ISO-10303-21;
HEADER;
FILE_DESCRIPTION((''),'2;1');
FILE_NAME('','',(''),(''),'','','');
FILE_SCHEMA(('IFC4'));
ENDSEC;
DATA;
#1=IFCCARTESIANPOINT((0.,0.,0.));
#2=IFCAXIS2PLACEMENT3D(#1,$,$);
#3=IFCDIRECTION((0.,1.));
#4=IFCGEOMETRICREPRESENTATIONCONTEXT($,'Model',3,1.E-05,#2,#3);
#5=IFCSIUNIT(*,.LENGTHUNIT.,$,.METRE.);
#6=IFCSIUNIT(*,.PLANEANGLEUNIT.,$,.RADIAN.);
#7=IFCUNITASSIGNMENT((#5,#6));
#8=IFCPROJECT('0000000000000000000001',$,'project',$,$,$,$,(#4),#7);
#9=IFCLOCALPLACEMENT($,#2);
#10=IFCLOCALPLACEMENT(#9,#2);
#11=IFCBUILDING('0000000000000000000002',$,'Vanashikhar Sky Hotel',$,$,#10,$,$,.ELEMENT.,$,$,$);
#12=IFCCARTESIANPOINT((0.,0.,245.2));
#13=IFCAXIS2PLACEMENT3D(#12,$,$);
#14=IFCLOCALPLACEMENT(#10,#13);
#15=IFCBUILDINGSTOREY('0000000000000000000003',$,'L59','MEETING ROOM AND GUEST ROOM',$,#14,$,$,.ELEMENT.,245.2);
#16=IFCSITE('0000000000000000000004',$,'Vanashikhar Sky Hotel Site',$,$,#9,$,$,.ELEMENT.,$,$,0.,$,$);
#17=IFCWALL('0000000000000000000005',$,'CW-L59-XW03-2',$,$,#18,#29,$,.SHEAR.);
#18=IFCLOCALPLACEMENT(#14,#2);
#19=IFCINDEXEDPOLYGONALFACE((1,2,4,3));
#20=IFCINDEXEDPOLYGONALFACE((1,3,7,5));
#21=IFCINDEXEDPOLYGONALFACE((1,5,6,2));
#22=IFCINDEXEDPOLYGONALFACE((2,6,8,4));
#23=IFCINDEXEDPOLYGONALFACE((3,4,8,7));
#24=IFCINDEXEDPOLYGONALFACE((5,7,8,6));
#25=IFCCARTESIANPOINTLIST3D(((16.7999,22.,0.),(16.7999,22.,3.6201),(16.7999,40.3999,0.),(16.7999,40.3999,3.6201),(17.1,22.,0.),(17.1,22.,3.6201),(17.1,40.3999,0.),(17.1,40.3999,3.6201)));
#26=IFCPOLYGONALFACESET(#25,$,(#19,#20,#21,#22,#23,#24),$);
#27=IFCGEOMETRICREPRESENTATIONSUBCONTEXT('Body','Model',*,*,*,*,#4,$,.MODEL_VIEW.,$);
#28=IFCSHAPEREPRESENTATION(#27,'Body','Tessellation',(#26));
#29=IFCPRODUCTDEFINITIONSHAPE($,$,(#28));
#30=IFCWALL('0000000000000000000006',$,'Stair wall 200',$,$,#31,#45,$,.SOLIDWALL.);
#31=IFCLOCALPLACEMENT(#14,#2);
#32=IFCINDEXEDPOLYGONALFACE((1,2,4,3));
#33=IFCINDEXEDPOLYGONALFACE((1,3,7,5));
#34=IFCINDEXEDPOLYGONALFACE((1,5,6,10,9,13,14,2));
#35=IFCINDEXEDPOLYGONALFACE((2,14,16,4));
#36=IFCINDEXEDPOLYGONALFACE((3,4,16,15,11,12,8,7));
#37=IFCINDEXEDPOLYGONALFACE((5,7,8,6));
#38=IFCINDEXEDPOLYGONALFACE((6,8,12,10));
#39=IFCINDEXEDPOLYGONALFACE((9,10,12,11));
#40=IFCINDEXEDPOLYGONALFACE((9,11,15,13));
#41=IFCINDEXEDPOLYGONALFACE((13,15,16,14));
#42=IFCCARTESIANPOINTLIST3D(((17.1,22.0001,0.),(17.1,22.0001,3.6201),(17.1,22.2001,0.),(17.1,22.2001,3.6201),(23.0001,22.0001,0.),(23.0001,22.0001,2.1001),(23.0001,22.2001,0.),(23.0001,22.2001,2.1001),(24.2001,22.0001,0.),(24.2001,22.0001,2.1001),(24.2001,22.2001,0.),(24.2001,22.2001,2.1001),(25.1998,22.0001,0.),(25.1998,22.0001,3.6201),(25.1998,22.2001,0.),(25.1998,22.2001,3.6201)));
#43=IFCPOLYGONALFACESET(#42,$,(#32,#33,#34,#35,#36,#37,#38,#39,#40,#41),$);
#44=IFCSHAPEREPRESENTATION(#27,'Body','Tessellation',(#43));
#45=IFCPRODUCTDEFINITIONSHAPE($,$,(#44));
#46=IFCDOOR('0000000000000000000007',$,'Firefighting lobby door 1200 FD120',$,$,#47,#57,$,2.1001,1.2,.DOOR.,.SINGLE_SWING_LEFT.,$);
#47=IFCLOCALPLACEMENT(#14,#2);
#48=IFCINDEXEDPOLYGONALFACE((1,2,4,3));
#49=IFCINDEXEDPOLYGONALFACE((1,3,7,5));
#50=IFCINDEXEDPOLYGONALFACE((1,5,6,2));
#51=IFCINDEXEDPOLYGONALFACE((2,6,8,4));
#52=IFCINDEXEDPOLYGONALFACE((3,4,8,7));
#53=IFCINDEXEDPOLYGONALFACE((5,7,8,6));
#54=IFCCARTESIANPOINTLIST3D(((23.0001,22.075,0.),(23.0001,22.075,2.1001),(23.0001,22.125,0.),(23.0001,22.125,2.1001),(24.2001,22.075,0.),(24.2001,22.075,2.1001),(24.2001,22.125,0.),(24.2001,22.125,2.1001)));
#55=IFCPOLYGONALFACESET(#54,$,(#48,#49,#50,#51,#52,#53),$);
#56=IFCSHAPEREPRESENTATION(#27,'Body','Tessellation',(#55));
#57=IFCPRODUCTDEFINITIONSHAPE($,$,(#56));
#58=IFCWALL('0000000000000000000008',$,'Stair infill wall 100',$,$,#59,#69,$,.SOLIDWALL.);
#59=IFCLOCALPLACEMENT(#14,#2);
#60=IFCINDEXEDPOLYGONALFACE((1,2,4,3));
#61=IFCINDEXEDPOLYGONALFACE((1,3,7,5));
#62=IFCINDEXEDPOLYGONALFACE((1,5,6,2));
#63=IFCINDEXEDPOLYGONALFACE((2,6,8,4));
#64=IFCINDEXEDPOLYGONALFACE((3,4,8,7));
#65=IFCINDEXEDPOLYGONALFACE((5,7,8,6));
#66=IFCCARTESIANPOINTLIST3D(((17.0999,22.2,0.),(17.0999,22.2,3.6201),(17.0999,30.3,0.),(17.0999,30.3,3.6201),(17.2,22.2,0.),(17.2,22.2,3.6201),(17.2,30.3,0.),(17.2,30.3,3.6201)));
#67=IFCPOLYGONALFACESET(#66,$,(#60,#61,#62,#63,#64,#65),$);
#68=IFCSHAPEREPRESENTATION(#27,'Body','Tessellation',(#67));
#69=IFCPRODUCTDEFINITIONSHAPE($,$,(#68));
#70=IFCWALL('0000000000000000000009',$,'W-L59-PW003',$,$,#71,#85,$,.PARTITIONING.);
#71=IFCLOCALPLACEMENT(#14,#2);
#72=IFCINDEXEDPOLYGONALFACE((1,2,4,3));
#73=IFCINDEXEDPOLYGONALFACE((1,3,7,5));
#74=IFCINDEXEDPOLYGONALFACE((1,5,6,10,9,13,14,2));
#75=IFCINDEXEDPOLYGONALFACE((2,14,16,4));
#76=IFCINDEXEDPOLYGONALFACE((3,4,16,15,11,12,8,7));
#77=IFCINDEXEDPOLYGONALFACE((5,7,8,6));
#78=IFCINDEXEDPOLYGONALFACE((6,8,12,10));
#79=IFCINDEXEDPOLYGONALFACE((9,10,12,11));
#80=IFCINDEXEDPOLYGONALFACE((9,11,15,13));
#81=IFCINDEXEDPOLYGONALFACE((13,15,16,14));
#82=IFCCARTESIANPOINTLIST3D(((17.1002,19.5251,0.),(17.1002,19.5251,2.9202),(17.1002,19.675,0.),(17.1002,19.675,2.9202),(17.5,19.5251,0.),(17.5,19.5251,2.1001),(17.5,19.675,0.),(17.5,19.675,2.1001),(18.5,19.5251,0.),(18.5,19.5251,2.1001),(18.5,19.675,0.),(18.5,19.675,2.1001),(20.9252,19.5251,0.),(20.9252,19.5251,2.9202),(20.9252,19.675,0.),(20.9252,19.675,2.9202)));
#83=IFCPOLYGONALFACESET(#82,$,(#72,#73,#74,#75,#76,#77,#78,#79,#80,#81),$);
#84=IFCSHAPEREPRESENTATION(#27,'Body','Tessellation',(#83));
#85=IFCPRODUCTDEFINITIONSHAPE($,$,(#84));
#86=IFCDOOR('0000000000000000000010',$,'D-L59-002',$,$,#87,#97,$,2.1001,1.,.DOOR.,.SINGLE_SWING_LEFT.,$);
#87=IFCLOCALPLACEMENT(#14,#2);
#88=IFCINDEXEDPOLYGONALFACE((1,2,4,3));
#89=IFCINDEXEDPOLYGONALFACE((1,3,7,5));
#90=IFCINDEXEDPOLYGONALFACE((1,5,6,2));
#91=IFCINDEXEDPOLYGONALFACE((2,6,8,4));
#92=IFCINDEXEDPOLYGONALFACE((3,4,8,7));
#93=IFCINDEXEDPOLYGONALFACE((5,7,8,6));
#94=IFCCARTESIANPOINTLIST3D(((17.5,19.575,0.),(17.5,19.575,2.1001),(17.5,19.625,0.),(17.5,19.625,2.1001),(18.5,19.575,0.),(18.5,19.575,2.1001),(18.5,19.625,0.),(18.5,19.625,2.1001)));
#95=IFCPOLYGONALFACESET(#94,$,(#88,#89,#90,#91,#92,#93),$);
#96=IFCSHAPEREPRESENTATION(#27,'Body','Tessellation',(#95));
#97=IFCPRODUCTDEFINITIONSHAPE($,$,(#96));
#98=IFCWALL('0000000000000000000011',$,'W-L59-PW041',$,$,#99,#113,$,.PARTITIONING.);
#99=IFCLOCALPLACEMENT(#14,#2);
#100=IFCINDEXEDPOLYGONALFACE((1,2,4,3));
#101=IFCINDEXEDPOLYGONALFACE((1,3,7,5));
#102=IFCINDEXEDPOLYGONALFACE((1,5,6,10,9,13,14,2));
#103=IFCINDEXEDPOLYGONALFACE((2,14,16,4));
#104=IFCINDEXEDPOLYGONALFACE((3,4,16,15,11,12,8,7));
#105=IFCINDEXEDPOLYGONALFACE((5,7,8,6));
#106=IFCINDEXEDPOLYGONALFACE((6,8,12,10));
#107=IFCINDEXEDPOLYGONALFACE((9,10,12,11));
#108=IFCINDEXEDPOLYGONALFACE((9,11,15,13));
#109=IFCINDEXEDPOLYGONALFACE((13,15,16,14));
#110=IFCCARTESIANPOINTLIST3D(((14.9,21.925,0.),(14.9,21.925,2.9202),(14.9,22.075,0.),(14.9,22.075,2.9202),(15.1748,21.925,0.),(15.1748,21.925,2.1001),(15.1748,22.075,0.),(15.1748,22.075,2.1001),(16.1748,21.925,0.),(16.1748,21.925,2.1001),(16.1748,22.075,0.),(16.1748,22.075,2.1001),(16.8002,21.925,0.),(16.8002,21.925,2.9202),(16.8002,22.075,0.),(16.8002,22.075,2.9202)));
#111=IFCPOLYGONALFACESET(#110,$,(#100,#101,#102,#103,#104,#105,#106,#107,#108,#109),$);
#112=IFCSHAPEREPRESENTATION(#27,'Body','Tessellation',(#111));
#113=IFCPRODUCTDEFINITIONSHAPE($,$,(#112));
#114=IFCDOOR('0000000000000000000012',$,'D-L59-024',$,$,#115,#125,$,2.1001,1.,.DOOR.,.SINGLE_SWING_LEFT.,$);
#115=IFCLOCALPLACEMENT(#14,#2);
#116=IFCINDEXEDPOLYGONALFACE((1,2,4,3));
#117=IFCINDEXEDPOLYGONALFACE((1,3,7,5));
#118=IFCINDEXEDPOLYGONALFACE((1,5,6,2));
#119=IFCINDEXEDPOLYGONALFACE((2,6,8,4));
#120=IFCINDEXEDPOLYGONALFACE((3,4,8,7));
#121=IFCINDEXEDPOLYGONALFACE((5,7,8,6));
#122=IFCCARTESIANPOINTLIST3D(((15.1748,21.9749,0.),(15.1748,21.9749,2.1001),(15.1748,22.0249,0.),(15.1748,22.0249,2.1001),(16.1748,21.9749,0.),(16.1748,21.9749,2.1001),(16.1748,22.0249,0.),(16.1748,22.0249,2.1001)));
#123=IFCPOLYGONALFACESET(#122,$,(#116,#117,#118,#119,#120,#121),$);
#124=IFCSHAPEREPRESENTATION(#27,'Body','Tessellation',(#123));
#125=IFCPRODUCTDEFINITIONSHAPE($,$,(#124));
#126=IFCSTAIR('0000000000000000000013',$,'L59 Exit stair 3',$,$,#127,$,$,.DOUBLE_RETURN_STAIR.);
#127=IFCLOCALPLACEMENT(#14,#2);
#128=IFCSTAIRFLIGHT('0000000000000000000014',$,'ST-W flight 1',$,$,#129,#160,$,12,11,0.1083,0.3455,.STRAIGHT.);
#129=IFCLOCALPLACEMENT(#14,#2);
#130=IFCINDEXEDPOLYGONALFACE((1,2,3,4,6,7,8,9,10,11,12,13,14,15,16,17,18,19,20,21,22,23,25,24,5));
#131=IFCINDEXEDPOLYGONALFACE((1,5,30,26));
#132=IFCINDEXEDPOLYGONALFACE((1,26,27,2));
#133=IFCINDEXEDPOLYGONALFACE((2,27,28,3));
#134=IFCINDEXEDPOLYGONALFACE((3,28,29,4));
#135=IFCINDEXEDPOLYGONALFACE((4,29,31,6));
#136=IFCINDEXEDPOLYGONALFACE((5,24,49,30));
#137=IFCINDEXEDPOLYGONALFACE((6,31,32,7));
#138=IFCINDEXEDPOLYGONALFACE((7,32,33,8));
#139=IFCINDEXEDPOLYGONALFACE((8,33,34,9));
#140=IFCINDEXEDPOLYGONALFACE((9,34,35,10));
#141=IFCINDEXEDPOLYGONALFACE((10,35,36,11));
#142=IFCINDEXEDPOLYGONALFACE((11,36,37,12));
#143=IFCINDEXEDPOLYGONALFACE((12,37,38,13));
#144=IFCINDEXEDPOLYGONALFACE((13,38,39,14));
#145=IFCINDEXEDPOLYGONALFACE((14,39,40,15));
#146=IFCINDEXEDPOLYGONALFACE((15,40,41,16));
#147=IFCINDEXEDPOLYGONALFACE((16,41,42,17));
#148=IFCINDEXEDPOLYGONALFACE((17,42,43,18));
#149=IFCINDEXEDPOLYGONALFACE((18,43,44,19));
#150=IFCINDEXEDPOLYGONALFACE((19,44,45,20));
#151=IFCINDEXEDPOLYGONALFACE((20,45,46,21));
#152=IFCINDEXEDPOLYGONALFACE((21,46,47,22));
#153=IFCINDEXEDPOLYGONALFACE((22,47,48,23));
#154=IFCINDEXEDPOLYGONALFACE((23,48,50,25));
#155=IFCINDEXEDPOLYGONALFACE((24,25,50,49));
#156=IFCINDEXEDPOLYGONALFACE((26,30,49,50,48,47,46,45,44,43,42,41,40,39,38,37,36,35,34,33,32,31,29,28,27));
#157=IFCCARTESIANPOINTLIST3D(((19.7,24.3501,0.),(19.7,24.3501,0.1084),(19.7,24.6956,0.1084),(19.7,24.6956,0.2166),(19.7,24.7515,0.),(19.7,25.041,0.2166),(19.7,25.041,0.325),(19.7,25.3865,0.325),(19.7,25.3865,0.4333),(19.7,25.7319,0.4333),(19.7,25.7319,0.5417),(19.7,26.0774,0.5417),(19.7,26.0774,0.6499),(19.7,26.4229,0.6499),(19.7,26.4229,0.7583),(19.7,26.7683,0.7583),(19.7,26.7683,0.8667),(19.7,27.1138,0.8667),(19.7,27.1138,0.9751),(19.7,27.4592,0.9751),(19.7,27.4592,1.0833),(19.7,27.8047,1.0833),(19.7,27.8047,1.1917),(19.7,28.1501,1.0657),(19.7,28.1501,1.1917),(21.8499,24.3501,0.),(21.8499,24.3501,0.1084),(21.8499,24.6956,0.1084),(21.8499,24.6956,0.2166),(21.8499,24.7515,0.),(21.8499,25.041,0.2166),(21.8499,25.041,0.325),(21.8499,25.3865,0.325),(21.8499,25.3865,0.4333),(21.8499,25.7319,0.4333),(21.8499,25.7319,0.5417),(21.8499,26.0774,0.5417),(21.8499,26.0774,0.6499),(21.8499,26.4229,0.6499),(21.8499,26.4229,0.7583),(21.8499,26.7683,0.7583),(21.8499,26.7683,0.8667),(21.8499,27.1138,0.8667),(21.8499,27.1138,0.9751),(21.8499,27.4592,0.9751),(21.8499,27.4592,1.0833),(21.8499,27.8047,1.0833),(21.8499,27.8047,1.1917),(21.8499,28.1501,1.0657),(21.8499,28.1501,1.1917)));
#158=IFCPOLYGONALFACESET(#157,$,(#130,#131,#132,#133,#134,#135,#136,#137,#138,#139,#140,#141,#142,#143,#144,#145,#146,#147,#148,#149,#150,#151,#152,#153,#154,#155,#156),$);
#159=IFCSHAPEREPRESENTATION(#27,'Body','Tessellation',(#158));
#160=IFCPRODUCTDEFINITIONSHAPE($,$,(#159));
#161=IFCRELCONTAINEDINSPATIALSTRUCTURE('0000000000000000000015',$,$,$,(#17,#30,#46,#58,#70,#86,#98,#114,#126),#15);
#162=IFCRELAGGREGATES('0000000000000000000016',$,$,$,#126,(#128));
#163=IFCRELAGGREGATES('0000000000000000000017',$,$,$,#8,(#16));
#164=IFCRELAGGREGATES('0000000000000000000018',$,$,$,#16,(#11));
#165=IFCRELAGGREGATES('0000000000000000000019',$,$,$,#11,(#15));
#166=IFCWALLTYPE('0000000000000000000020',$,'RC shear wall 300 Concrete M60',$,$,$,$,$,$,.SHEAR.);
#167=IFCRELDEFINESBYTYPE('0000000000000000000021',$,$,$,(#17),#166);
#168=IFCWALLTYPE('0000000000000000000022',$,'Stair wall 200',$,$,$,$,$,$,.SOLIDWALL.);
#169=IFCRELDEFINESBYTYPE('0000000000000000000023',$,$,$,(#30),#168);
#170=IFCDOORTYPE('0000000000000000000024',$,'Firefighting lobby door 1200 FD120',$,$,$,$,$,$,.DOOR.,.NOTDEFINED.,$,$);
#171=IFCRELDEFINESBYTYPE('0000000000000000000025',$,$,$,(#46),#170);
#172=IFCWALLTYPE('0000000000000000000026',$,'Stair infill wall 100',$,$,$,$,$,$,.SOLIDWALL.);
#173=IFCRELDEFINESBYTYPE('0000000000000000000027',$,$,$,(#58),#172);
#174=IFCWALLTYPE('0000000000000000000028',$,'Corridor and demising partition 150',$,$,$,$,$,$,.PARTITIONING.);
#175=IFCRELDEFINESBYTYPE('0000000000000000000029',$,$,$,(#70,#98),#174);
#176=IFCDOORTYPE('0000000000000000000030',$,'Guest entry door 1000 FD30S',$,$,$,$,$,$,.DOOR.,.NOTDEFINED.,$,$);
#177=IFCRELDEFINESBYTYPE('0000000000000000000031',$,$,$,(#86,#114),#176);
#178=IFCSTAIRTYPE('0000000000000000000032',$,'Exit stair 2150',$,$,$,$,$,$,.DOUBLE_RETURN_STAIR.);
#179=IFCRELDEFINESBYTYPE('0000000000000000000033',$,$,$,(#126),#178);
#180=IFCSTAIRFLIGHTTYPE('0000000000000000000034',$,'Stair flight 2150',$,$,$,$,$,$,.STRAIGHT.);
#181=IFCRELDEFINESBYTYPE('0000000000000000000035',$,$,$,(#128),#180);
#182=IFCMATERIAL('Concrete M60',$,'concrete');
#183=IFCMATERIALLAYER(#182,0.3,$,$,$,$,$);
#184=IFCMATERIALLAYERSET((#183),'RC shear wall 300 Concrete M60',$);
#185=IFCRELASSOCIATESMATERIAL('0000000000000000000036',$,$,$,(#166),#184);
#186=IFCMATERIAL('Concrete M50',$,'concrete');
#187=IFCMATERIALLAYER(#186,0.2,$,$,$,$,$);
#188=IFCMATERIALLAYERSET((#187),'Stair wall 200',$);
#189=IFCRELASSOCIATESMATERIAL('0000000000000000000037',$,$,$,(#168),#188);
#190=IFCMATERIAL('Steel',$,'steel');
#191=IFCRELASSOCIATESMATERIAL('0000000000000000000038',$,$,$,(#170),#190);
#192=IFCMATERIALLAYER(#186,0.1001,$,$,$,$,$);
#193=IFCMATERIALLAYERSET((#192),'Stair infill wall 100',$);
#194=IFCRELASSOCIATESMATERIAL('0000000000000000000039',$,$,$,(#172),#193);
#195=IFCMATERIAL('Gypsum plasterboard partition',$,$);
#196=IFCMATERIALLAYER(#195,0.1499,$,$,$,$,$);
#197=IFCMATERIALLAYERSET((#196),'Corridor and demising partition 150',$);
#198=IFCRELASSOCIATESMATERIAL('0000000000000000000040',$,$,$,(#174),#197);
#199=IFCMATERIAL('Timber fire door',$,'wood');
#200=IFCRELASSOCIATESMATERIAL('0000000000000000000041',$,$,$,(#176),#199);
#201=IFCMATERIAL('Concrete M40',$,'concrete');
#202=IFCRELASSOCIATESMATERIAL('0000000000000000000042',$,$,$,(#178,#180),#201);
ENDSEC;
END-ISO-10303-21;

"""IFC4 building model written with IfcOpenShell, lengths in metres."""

from ifc_helpers import new_model, si_unit, direction, frame, frame_2d, origin, place, context, subcontext, project, spatial, polyline, rectangle, outline, extrude, source, transform, mapped, material, layer, layer_set, type_object, element, fill, aggregate, save


model = new_model("IFC4")

# Units and contexts
model_context = context("Model", 3, precision=1e-05, world=origin(), true_north=direction((0.0, 1.0)))
body_context = subcontext(model_context, "Body", "Model", "MODEL_VIEW")
ifc_project = project(units=[si_unit("LENGTHUNIT", "METRE"), si_unit("PLANEANGLEUNIT", "RADIAN")], contexts=[model_context])

# Site, building, storey
site_placement = place(None, origin())
site = spatial("IfcSite", under=ifc_project, at=site_placement, Name="Vanashikhar Sky Hotel Site", CompositionType="ELEMENT", RefElevation=0.0)
building_placement = place(site_placement, origin())
building = spatial("IfcBuilding", under=site, at=building_placement, Name="Vanashikhar Sky Hotel", CompositionType="ELEMENT")
storey_placement = place(building_placement, frame((0.0, 0.0, 245.2)))
storey = spatial("IfcBuildingStorey", under=building, at=storey_placement, Name="L59", Description="MEETING ROOM AND GUEST ROOM", CompositionType="ELEMENT", Elevation=245.2)

# Wall
ifc_material_1 = material(Name="Concrete M60", Category="concrete")
ifc_layer_1 = layer(ifc_material_1, 0.3)
ifc_layer_set_1 = layer_set([ifc_layer_1], Name="RC shear wall 300 Concrete M60")
wall_type_1 = type_object("IfcWallType", Name="RC shear wall 300 Concrete M60", PredefinedType="SHEAR", material=ifc_layer_set_1)
shared_shape_1 = source(origin(), body_context, "Body", "SweptSolid", [
    extrude(rectangle(XDim=18.3999, YDim=0.3, at=frame_2d((9.2, 0.0))), origin(), (0.0, 0.0, 1.0), 3.6201),
])
wall_1_placement = place(storey_placement, frame((16.95, 22.0, 0.0), z_axis=(0.0, 0.0, 1.0), x_axis=(0.0, 1.0, 0.0)))
element("IfcWall", 1, at=wall_1_placement, inside=storey, type_object=wall_type_1, Name="CW-L59-XW03-2", PredefinedType="SHEAR", context=body_context, shape_type="MappedRepresentation", body=[
    mapped(shared_shape_1, transform((0.0, 0.0, 0.0), scale=1.0)),
])

# Wall, opening, door
ifc_material_2 = material(Name="Concrete M50", Category="concrete")
ifc_layer_2 = layer(ifc_material_2, 0.2)
ifc_layer_set_2 = layer_set([ifc_layer_2], Name="Stair wall 200")
wall_type_2 = type_object("IfcWallType", Name="Stair wall 200", PredefinedType="SOLIDWALL", material=ifc_layer_set_2)
shared_shape_2 = source(origin(), body_context, "Body", "SweptSolid", [
    extrude(rectangle(XDim=8.0999, YDim=0.2, at=frame_2d((4.0498, 0.0))), origin(), (0.0, 0.0, 1.0), 3.6201),
])
wall_2_placement = place(storey_placement, frame((17.1001, 22.1001, 0.0), z_axis=(0.0, 0.0, 1.0), x_axis=(1.0, 0.0, 0.0)))
wall_2 = element("IfcWall", 2, at=wall_2_placement, inside=storey, type_object=wall_type_2, Name="Stair wall 200", PredefinedType="SOLIDWALL", context=body_context, shape_type="MappedRepresentation", body=[
    mapped(shared_shape_2, transform((0.0, 0.0, 0.0), scale=1.0)),
])
shared_shape_3 = source(origin(), body_context, "Body", "SweptSolid", [
    extrude(rectangle(XDim=1.2, YDim=2.1001, at=frame_2d((0.6001, 1.05))), frame((0.0, 0.1099, 0.0), z_axis=(0.0, -1.0, 0.0), x_axis=(1.0, 0.0, 0.0)), (0.0, 0.0, 1.0), 0.22),
])
opening_1_placement = place(wall_2_placement, frame((5.8999, 0.0, 0.0)))
opening_1 = element("IfcOpeningElement", 3, at=opening_1_placement, cuts=wall_2, PredefinedType="OPENING", context=body_context, shape_type="MappedRepresentation", body=[
    mapped(shared_shape_3, transform((0.0, 0.0, 0.0), scale=1.0)),
])
ifc_material_3 = material(Name="Steel", Category="steel")
door_type_1 = type_object("IfcDoorType", Name="Firefighting lobby door 1200 FD120", OperationType="NOTDEFINED", PredefinedType="DOOR", material=ifc_material_3)
shared_shape_4 = source(origin(), body_context, "Body", "SweptSolid", [
    extrude(rectangle(XDim=1.2, YDim=2.1001, at=frame_2d((0.6001, 1.05))), frame((0.0, 0.0249, 0.0), z_axis=(0.0, -1.0, 0.0), x_axis=(1.0, 0.0, 0.0)), (0.0, 0.0, 1.0), 0.05),
])
door_1_placement = place(opening_1_placement, origin())
door_1 = element("IfcDoor", 4, at=door_1_placement, inside=storey, type_object=door_type_1, Name="Firefighting lobby door 1200 FD120", OperationType="SINGLE_SWING_LEFT", OverallHeight=2.1001, OverallWidth=1.2, PredefinedType="DOOR", context=body_context, shape_type="MappedRepresentation", body=[
    mapped(shared_shape_4, transform((0.0, 0.0, 0.0), scale=1.0)),
])
fill(opening_1, door_1)

# Wall
ifc_layer_3 = layer(ifc_material_2, 0.1001)
ifc_layer_set_3 = layer_set([ifc_layer_3], Name="Stair infill wall 100")
wall_type_3 = type_object("IfcWallType", Name="Stair infill wall 100", PredefinedType="SOLIDWALL", material=ifc_layer_set_3)
shared_shape_5 = source(origin(), body_context, "Body", "SweptSolid", [
    extrude(rectangle(XDim=8.1001, YDim=0.1001, at=frame_2d((4.05, 0.0))), origin(), (0.0, 0.0, 1.0), 3.6201),
])
wall_3_placement = place(storey_placement, frame((17.1499, 22.2, 0.0), z_axis=(0.0, 0.0, 1.0), x_axis=(0.0, 1.0, 0.0)))
element("IfcWall", 5, at=wall_3_placement, inside=storey, type_object=wall_type_3, Name="Stair infill wall 100", PredefinedType="SOLIDWALL", context=body_context, shape_type="MappedRepresentation", body=[
    mapped(shared_shape_5, transform((0.0, 0.0, 0.0), scale=1.0)),
])

# Walls, openings, doors
ifc_material_4 = material(Name="Gypsum plasterboard partition")
ifc_layer_4 = layer(ifc_material_4, 0.1499)
ifc_layer_set_4 = layer_set([ifc_layer_4], Name="Corridor and demising partition 150")
wall_type_4 = type_object("IfcWallType", Name="Corridor and demising partition 150", PredefinedType="PARTITIONING", material=ifc_layer_set_4)
shared_shape_6 = source(origin(), body_context, "Body", "SweptSolid", [
    extrude(rectangle(XDim=3.825, YDim=0.1499, at=frame_2d((1.9126, 0.0))), origin(), (0.0, 0.0, 1.0), 2.9202),
])
wall_4_placement = place(storey_placement, frame((17.1001, 19.6001, 0.0), z_axis=(0.0, 0.0, 1.0), x_axis=(1.0, 0.0, 0.0)))
wall_4 = element("IfcWall", 6, at=wall_4_placement, inside=storey, type_object=wall_type_4, Name="W-L59-PW003", PredefinedType="PARTITIONING", context=body_context, shape_type="MappedRepresentation", body=[
    mapped(shared_shape_6, transform((0.0, 0.0, 0.0), scale=1.0)),
])
shared_shape_7 = source(origin(), body_context, "Body", "SweptSolid", [
    extrude(rectangle(XDim=1.0, YDim=2.1001, at=frame_2d((0.5, 1.05))), frame((0.0, 0.085, 0.0), z_axis=(0.0, -1.0, 0.0), x_axis=(1.0, 0.0, 0.0)), (0.0, 0.0, 1.0), 0.1699),
])
opening_2_placement = place(wall_4_placement, frame((0.3999, 0.0, 0.0)))
opening_2 = element("IfcOpeningElement", 7, at=opening_2_placement, cuts=wall_4, PredefinedType="OPENING", context=body_context, shape_type="MappedRepresentation", body=[
    mapped(shared_shape_7, transform((0.0, 0.0, 0.0), scale=1.0)),
])
ifc_material_5 = material(Name="Timber fire door", Category="wood")
door_type_2 = type_object("IfcDoorType", Name="Guest entry door 1000 FD30S", OperationType="NOTDEFINED", PredefinedType="DOOR", material=ifc_material_5)
shared_shape_8 = source(origin(), body_context, "Body", "SweptSolid", [
    extrude(rectangle(XDim=1.0, YDim=2.1001, at=frame_2d((0.5, 1.05))), frame((0.0, 0.0249, 0.0), z_axis=(0.0, -1.0, 0.0), x_axis=(1.0, 0.0, 0.0)), (0.0, 0.0, 1.0), 0.05),
])
door_2_placement = place(opening_2_placement, origin())
door_2 = element("IfcDoor", 8, at=door_2_placement, inside=storey, type_object=door_type_2, Name="D-L59-002", OperationType="SINGLE_SWING_LEFT", OverallHeight=2.1001, OverallWidth=1.0, PredefinedType="DOOR", context=body_context, shape_type="MappedRepresentation", body=[
    mapped(shared_shape_8, transform((0.0, 0.0, 0.0), scale=1.0)),
])
fill(opening_2, door_2)
shared_shape_9 = source(origin(), body_context, "Body", "SweptSolid", [
    extrude(rectangle(XDim=1.9001, YDim=0.1499, at=frame_2d((0.9502, 0.0))), origin(), (0.0, 0.0, 1.0), 2.9202),
])
wall_5_placement = place(storey_placement, frame((14.8999, 22.0, 0.0), z_axis=(0.0, 0.0, 1.0), x_axis=(1.0, 0.0, 0.0)))
wall_5 = element("IfcWall", 9, at=wall_5_placement, inside=storey, type_object=wall_type_4, Name="W-L59-PW041", PredefinedType="PARTITIONING", context=body_context, shape_type="MappedRepresentation", body=[
    mapped(shared_shape_9, transform((0.0, 0.0, 0.0), scale=1.0)),
])
opening_3_placement = place(wall_5_placement, frame((0.2749, 0.0, 0.0)))
opening_3 = element("IfcOpeningElement", 10, at=opening_3_placement, cuts=wall_5, PredefinedType="OPENING", context=body_context, shape_type="MappedRepresentation", body=[
    mapped(shared_shape_7, transform((0.0, 0.0, 0.0), scale=1.0)),
])
door_3_placement = place(opening_3_placement, origin())
door_3 = element("IfcDoor", 11, at=door_3_placement, inside=storey, type_object=door_type_2, Name="D-L59-024", OperationType="SINGLE_SWING_LEFT", OverallHeight=2.1001, OverallWidth=1.0, PredefinedType="DOOR", context=body_context, shape_type="MappedRepresentation", body=[
    mapped(shared_shape_8, transform((0.0, 0.0, 0.0), scale=1.0)),
])
fill(opening_3, door_3)

# Stair, stair flight
ifc_material_6 = material(Name="Concrete M40", Category="concrete")
stair_type = type_object("IfcStairType", Name="Exit stair 2150", PredefinedType="DOUBLE_RETURN_STAIR", material=ifc_material_6)
stair_placement = place(storey_placement, origin())
stair = element("IfcStair", 12, at=stair_placement, inside=storey, type_object=stair_type, Name="L59 Exit stair 3", PredefinedType="DOUBLE_RETURN_STAIR")
stair_flight_type = type_object("IfcStairFlightType", Name="Stair flight 2150", PredefinedType="STRAIGHT", material=ifc_material_6)
shared_shape_10 = source(origin(), body_context, "Body", "SweptSolid", [
    extrude(outline(polyline([(0.0, 0.0), (0.0, 0.1084), (0.3455, 0.1084), (0.3455, 0.2166), (0.6909, 0.2166), (0.6909, 0.325), (1.0364, 0.325), (1.0364, 0.4333), (1.3818, 0.4333), (1.3818, 0.5417), (1.7273, 0.5417), (1.7273, 0.6499), (2.0728, 0.6499), (2.0728, 0.7583), (2.4182, 0.7583), (2.4182, 0.8667), (2.7637, 0.8667), (2.7637, 0.9751), (3.1091, 0.9751), (3.1091, 1.0833), (3.4546, 1.0833), (3.4546, 1.1917), (3.8, 1.1917), (3.8, 1.3), (3.8, 1.0657), (0.4014, 0.0), (0.0, 0.0)])), frame((0.0, 1.075, 0.0), z_axis=(0.0, -1.0, 0.0), x_axis=(1.0, 0.0, 0.0)), (0.0, 0.0, 1.0), 2.1499),
])
stair_flight_1_placement = place(storey_placement, frame((20.7749, 24.3501, 0.0), z_axis=(0.0, 0.0, 1.0), x_axis=(0.0, 1.0, 0.0)))
stair_flight_1 = element("IfcStairFlight", 13, at=stair_flight_1_placement, type_object=stair_flight_type, Name="ST-W flight 1", NumberOfRisers=12, NumberOfTreads=11, PredefinedType="STRAIGHT", RiserHeight=0.1083, TreadLength=0.3455, context=body_context, shape_type="MappedRepresentation", body=[
    mapped(shared_shape_10, transform((0.0, 0.0, 0.0), scale=1.0)),
])
aggregate(stair, [stair_flight_1])

save(model, "model.ifc")
